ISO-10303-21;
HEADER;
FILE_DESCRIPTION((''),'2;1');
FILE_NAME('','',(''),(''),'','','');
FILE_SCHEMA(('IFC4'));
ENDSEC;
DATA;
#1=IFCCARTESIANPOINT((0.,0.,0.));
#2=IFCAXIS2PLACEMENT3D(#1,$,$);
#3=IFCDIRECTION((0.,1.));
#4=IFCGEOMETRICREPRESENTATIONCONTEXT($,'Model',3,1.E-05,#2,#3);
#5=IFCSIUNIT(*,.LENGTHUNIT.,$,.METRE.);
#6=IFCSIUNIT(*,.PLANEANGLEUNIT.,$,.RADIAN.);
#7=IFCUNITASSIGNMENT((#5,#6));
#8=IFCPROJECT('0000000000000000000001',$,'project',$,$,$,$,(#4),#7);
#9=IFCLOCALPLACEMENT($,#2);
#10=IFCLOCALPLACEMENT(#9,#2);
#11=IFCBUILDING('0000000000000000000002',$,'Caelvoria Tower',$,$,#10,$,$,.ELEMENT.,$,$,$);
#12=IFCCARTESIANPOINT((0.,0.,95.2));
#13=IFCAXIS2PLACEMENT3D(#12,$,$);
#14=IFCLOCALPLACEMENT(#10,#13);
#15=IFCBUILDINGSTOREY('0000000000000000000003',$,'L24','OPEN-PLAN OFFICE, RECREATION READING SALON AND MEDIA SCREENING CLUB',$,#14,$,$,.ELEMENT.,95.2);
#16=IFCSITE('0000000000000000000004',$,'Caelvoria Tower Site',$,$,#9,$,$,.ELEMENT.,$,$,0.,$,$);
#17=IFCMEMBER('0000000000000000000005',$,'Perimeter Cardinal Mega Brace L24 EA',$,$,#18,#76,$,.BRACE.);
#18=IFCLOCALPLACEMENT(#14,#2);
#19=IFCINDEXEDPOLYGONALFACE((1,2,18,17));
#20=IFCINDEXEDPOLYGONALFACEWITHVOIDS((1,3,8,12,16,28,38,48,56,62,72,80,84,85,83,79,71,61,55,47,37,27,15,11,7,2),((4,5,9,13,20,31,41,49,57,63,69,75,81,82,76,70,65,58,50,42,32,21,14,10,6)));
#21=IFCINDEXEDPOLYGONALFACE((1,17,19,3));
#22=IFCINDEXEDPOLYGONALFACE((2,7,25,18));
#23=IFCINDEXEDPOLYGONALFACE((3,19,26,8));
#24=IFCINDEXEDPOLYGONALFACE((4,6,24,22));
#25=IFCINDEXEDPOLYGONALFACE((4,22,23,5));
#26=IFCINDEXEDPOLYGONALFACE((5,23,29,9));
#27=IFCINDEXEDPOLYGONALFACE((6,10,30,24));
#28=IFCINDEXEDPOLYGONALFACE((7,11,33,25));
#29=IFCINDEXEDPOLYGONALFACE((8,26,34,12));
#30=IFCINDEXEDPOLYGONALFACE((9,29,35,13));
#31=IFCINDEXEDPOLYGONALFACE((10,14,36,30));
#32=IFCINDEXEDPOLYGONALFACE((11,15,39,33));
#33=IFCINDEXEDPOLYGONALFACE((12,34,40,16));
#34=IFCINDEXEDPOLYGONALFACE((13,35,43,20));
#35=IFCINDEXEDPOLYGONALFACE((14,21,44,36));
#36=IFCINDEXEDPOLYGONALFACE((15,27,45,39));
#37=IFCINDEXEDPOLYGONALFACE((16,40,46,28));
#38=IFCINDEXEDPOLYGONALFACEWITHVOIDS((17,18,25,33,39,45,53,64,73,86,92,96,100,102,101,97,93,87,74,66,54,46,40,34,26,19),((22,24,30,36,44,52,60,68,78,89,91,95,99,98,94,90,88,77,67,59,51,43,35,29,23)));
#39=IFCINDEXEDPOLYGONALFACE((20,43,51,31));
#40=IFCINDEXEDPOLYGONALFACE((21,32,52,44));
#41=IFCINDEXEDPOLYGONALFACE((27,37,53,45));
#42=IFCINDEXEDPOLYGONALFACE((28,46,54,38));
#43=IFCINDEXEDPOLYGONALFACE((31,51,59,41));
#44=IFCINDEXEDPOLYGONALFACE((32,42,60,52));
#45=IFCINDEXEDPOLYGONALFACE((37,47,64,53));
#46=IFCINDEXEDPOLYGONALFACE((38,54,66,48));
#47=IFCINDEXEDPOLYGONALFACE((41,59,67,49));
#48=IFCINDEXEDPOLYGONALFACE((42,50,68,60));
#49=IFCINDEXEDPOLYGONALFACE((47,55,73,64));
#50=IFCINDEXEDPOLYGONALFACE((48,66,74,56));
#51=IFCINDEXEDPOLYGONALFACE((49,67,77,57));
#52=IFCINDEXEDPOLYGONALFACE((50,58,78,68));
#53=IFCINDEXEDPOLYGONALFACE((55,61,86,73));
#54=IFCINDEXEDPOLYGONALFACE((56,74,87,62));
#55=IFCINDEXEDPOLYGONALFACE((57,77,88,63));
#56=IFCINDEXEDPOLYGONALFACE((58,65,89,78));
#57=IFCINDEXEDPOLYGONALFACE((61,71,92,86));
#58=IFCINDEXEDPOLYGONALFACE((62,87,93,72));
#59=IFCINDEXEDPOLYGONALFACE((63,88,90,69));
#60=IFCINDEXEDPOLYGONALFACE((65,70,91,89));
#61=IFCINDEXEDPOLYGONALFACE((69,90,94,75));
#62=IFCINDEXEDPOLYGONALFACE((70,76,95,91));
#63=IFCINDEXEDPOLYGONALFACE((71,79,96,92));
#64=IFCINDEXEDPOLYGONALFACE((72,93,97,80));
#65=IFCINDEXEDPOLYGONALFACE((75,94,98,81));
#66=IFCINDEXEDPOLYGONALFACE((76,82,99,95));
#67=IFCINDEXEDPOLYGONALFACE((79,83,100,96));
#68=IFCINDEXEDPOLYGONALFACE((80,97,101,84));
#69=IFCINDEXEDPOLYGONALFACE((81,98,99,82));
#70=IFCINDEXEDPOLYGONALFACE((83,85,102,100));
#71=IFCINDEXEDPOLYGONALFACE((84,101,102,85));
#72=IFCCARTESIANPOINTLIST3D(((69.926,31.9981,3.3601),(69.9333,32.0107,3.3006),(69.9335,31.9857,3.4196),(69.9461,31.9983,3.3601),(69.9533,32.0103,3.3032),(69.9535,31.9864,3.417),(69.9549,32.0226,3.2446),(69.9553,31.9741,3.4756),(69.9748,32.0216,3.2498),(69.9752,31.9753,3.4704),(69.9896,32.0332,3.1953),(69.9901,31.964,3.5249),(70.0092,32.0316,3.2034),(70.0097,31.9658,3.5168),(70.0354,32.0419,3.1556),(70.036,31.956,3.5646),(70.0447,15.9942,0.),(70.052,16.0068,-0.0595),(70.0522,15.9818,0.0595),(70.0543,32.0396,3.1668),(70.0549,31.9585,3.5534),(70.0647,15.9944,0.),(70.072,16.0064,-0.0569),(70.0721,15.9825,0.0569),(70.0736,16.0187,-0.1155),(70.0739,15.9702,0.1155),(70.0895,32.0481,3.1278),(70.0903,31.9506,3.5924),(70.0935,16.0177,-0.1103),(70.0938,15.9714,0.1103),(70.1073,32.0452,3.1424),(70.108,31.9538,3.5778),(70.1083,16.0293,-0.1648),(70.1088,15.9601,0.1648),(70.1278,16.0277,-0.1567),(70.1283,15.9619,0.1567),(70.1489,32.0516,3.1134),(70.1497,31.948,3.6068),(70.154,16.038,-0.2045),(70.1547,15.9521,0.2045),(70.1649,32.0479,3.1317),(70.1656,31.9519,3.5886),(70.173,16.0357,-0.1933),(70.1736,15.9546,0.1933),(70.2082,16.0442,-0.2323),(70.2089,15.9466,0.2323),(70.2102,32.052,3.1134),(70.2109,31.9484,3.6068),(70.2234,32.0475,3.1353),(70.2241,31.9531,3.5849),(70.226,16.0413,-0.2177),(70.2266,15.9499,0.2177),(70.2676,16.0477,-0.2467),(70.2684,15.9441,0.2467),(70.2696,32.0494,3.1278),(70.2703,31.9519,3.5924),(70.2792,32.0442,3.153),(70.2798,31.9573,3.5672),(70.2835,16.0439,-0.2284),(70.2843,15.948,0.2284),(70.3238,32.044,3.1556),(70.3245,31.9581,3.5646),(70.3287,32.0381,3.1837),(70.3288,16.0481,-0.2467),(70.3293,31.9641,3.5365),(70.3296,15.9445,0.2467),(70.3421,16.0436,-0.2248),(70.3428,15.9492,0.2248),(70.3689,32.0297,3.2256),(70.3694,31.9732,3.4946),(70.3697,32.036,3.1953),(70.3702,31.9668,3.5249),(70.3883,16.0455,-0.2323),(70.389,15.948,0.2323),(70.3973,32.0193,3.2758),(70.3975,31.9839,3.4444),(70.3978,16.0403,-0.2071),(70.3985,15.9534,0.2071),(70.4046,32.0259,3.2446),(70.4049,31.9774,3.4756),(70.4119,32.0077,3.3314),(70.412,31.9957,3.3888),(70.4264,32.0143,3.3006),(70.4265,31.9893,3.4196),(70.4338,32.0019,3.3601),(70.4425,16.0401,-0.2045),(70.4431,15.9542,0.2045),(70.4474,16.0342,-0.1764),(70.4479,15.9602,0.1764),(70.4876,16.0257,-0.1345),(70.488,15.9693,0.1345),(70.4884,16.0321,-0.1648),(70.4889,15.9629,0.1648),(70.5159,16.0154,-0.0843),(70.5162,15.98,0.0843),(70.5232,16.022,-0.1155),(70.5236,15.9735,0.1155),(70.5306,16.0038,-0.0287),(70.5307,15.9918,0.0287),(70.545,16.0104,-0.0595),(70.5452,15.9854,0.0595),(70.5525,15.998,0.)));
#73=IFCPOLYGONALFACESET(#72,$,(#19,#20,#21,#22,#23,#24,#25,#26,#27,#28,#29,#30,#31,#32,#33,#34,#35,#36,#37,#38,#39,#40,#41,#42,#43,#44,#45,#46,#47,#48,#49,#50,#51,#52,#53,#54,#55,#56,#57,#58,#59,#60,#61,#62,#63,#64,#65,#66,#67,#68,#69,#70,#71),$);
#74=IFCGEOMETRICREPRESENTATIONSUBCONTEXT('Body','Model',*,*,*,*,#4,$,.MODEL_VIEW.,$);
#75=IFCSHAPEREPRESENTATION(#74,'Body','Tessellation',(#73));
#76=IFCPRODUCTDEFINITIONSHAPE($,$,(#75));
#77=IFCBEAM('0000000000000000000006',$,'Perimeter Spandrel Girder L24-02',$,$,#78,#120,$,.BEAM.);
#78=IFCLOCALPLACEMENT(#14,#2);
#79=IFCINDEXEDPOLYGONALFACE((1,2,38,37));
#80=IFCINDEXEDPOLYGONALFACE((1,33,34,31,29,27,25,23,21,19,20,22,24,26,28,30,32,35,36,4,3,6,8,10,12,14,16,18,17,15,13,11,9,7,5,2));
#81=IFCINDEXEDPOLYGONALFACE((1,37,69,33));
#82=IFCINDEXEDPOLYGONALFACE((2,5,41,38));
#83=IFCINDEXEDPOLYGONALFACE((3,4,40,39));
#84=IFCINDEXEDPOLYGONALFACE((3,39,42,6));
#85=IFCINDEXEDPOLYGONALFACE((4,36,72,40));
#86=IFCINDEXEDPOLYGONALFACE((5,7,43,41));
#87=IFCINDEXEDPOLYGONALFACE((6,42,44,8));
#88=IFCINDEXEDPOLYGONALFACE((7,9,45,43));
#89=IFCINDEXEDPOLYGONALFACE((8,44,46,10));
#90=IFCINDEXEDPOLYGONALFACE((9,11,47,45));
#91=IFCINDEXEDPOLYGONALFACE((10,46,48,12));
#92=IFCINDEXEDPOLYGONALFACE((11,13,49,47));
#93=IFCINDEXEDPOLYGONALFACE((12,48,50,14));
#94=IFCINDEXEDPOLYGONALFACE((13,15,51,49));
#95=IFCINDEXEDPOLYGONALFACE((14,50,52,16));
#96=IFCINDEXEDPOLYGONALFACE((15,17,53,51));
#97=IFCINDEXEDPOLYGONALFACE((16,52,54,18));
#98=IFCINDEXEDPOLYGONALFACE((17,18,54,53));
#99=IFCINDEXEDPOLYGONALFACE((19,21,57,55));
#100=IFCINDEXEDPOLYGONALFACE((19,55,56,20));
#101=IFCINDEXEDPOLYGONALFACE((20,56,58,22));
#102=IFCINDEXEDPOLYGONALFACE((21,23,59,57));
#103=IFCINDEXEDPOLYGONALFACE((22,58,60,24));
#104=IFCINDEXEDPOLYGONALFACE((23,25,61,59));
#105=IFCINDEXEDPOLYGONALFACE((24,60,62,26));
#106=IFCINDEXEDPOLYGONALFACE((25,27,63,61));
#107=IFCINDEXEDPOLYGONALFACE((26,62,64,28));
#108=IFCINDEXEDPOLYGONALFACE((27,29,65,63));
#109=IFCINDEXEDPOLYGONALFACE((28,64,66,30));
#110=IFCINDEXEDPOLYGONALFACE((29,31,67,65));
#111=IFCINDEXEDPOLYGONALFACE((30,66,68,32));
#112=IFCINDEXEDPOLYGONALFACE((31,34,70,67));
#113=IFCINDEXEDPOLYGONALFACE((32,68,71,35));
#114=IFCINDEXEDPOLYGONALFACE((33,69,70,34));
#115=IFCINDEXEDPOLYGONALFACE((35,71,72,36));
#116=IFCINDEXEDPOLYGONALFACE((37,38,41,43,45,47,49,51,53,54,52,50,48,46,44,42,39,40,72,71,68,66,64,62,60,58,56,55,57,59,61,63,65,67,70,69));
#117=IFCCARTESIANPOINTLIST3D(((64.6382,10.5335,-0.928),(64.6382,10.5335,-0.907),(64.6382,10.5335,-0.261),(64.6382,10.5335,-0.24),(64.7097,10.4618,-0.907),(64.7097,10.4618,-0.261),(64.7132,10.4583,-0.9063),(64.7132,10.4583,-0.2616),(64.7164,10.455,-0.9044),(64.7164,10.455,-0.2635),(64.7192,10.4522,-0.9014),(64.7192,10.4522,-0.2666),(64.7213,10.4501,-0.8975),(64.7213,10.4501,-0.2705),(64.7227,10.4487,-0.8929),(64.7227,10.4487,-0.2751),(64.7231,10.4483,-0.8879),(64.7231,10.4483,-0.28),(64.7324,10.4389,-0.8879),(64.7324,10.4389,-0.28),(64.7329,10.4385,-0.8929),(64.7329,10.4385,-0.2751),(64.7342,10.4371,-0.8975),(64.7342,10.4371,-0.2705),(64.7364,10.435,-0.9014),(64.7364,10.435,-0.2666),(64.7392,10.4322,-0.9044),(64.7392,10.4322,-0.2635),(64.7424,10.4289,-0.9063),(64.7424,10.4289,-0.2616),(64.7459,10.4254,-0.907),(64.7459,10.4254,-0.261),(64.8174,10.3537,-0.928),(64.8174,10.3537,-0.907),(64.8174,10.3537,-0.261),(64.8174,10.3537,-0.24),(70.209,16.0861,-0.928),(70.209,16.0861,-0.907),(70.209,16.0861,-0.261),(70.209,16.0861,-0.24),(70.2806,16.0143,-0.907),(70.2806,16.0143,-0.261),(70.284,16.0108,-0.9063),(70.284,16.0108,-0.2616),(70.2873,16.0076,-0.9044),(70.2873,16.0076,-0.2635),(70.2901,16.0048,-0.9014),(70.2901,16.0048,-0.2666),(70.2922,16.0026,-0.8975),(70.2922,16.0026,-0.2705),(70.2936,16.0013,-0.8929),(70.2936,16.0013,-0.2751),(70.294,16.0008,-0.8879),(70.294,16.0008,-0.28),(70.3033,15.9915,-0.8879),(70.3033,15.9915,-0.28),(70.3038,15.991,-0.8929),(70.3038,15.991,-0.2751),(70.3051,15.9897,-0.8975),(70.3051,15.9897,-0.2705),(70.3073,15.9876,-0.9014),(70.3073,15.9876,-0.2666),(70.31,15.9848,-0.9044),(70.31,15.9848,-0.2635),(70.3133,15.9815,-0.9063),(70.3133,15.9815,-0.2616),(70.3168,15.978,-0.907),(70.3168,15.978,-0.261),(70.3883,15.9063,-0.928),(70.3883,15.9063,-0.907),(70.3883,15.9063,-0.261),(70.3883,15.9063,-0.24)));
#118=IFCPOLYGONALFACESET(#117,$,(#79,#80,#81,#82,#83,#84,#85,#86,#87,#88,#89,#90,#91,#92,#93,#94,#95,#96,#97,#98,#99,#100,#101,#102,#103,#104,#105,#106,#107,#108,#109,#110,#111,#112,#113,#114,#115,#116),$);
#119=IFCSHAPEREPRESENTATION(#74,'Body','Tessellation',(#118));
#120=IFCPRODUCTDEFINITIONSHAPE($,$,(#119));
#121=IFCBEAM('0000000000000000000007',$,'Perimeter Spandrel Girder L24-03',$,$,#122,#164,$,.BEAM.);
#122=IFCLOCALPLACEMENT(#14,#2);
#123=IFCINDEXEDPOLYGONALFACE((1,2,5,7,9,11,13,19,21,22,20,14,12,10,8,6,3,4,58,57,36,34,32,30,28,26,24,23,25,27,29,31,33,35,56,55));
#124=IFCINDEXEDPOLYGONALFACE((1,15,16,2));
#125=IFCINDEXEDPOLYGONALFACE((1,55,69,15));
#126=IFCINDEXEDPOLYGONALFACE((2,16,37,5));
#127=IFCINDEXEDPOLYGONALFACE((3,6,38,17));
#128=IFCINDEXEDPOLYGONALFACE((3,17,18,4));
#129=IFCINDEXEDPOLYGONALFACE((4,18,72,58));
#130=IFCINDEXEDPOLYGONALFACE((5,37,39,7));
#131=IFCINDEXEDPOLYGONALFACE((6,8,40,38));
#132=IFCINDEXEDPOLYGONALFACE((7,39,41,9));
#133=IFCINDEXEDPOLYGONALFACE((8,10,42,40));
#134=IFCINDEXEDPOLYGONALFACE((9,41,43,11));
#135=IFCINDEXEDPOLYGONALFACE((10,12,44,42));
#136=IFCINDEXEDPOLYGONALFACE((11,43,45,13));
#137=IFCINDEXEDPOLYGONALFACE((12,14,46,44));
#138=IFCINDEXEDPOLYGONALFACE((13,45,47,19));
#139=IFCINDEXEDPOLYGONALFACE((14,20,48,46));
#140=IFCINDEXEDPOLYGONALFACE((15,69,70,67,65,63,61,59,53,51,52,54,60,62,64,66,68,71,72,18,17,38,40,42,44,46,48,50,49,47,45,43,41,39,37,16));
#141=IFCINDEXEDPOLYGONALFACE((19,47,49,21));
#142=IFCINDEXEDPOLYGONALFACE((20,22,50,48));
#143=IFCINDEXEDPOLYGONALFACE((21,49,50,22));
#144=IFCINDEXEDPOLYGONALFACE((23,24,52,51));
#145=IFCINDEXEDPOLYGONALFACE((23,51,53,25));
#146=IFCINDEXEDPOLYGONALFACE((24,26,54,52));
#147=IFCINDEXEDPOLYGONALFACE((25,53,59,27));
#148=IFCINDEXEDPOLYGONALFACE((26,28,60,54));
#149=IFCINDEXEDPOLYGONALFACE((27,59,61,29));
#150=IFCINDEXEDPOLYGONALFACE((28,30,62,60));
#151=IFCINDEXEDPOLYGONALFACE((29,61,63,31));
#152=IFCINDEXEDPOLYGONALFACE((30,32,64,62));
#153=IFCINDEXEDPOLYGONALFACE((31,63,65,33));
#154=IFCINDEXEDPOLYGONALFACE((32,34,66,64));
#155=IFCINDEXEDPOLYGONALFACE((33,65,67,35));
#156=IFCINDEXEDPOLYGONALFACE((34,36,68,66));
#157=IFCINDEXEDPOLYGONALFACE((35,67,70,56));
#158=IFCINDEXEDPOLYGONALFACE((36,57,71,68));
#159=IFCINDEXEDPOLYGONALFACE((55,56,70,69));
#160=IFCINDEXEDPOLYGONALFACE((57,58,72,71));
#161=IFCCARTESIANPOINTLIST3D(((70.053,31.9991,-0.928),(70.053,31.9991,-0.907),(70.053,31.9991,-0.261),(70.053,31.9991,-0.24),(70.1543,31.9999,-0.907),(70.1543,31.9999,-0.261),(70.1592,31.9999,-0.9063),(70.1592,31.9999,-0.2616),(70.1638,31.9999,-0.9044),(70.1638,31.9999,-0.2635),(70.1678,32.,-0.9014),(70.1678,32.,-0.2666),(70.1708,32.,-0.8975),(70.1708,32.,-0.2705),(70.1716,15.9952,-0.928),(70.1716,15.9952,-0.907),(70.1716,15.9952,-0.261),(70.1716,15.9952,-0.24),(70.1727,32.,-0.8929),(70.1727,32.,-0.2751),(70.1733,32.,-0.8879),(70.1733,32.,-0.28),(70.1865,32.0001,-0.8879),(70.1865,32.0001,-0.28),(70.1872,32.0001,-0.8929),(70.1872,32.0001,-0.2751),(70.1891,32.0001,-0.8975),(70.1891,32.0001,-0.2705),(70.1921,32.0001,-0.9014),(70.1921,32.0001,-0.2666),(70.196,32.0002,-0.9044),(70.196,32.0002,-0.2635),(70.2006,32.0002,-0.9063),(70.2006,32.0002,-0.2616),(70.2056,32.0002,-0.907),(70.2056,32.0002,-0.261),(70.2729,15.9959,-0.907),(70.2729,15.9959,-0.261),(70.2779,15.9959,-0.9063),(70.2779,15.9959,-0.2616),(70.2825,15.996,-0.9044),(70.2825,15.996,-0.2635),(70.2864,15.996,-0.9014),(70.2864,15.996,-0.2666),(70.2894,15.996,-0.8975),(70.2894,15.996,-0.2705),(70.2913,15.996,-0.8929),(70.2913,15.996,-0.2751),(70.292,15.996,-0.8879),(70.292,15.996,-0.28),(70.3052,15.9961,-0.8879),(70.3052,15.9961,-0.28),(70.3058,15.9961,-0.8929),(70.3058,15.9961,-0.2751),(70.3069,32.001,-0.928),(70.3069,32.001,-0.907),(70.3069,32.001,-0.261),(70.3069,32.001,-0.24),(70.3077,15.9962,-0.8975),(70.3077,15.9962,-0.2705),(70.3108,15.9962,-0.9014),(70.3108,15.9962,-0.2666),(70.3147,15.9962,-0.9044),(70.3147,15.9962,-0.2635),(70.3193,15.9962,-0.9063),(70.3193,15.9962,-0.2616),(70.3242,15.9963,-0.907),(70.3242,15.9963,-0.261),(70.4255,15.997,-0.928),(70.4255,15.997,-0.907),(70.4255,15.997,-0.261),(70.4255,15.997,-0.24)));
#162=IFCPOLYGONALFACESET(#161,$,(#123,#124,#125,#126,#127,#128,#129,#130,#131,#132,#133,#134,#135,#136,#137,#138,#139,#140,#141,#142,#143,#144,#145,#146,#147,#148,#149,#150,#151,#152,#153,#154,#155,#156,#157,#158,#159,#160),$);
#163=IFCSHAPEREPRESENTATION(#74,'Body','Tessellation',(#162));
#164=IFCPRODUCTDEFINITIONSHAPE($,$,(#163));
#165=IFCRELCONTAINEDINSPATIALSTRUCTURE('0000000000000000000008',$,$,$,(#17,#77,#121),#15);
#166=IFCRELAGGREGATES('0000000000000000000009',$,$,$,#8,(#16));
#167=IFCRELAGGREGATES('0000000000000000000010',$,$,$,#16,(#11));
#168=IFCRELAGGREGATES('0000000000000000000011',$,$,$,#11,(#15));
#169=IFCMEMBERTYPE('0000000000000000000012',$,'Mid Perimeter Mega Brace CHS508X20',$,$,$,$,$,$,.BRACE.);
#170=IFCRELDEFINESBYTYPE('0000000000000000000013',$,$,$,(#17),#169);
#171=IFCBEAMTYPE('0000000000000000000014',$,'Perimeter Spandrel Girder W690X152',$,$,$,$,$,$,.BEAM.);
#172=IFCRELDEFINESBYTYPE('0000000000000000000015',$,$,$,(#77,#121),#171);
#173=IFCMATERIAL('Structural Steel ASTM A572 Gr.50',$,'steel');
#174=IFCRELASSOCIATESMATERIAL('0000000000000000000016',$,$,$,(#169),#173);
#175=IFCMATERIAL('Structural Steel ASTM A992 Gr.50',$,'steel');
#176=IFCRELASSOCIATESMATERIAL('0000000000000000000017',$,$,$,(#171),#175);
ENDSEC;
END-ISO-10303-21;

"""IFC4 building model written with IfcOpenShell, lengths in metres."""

from ifc_helpers import new_model, si_unit, direction, frame, origin, origin_2d, place, context, subcontext, project, spatial, hollow_circle, i_section, extrude, material, material_profile, profile_set, type_object, element, save


model = new_model("IFC4")

# Units and contexts
model_context = context("Model", 3, precision=1e-05, world=origin(), true_north=direction((0.0, 1.0)))
body_context = subcontext(model_context, "Body", "Model", "MODEL_VIEW")
ifc_project = project(units=[si_unit("LENGTHUNIT", "METRE"), si_unit("PLANEANGLEUNIT", "RADIAN")], contexts=[model_context])

# Site, building, storey
site_placement = place(None, origin())
site = spatial("IfcSite", under=ifc_project, at=site_placement, Name="Caelvoria Tower Site", CompositionType="ELEMENT", RefElevation=0.0)
building_placement = place(site_placement, origin())
building = spatial("IfcBuilding", under=site, at=building_placement, Name="Caelvoria Tower", CompositionType="ELEMENT")
storey_placement = place(building_placement, frame((0.0, 0.0, 95.2)))
storey = spatial("IfcBuildingStorey", under=building, at=storey_placement, Name="L24", Description="OPEN-PLAN OFFICE, RECREATION READING SALON AND MEDIA SCREENING CLUB", CompositionType="ELEMENT", Elevation=95.2)

# Shared definitions
ifc_material_1 = material(Name="Structural Steel ASTM A572 Gr.50", Category="steel")

# Member
ifc_material_profile_1 = material_profile(ifc_material_1, hollow_circle(Radius=0.2539, WallThickness=0.02, at=origin_2d()), Name="Structural Steel ASTM A572 Gr.50")
ifc_profile_set_1 = profile_set([ifc_material_profile_1], Name="CHS508X20 - Structural Steel ASTM A572 Gr.50")
member_type = type_object("IfcMemberType", Name="Mid Perimeter Mega Brace CHS508X20", PredefinedType="BRACE", material=ifc_profile_set_1)
member_1_placement = place(storey_placement, frame((70.2986, 15.9961, 0.0), z_axis=(-0.007256, 0.978637, 0.20547), x_axis=(-0.999973, -0.007414, 0.0)))
element("IfcMember", 1, at=member_1_placement, inside=storey, type_object=member_type, Name="Perimeter Cardinal Mega Brace L24 EA", PredefinedType="BRACE", context=body_context, shape_type="SweptSolid", body=[
    extrude(hollow_circle(Radius=0.2539, WallThickness=0.02, at=origin_2d()), origin(), (0.0, 0.0, 1.0), 16.3533),
])

# Beams
ifc_material_2 = material(Name="Structural Steel ASTM A992 Gr.50", Category="steel")
ifc_material_profile_2 = material_profile(ifc_material_2, i_section(OverallWidth=0.2539, OverallDepth=0.688, WebThickness=0.0132, FlangeThickness=0.021, FilletRadius=0.019, at=origin_2d()), Name="Structural Steel ASTM A992 Gr.50")
ifc_profile_set_2 = profile_set([ifc_material_profile_2], Name="W690X152 - Structural Steel ASTM A992 Gr.50")
beam_type_1 = type_object("IfcBeamType", Name="Perimeter Spandrel Girder W690X152", PredefinedType="BEAM", material=ifc_profile_set_2)
beam_1_placement = place(storey_placement, frame((64.7278, 10.4436, -0.584), z_axis=(0.70827, 0.705942, 0.0), x_axis=(-0.705942, 0.70827, 0.0)))
element("IfcBeam", 2, at=beam_1_placement, inside=storey, type_object=beam_type_1, Name="Perimeter Spandrel Girder L24-02", PredefinedType="BEAM", context=body_context, shape_type="SweptSolid", body=[
    extrude(i_section(OverallWidth=0.2539, OverallDepth=0.688, WebThickness=0.0132, FlangeThickness=0.021, FilletRadius=0.019, at=origin_2d()), origin(), (0.0, 0.0, 1.0), 7.8655),
])
beam_2_placement = place(storey_placement, frame((70.2986, 15.9961, -0.584), z_axis=(-0.007414, 0.999973, 0.0), x_axis=(-0.999973, -0.007414, 0.0)))
element("IfcBeam", 3, at=beam_2_placement, inside=storey, type_object=beam_type_1, Name="Perimeter Spandrel Girder L24-03", PredefinedType="BEAM", context=body_context, shape_type="SweptSolid", body=[
    extrude(i_section(OverallWidth=0.2539, OverallDepth=0.688, WebThickness=0.0132, FlangeThickness=0.021, FilletRadius=0.019, at=origin_2d()), origin(), (0.0, 0.0, 1.0), 16.0044),
])

save(model, "model.ifc")
